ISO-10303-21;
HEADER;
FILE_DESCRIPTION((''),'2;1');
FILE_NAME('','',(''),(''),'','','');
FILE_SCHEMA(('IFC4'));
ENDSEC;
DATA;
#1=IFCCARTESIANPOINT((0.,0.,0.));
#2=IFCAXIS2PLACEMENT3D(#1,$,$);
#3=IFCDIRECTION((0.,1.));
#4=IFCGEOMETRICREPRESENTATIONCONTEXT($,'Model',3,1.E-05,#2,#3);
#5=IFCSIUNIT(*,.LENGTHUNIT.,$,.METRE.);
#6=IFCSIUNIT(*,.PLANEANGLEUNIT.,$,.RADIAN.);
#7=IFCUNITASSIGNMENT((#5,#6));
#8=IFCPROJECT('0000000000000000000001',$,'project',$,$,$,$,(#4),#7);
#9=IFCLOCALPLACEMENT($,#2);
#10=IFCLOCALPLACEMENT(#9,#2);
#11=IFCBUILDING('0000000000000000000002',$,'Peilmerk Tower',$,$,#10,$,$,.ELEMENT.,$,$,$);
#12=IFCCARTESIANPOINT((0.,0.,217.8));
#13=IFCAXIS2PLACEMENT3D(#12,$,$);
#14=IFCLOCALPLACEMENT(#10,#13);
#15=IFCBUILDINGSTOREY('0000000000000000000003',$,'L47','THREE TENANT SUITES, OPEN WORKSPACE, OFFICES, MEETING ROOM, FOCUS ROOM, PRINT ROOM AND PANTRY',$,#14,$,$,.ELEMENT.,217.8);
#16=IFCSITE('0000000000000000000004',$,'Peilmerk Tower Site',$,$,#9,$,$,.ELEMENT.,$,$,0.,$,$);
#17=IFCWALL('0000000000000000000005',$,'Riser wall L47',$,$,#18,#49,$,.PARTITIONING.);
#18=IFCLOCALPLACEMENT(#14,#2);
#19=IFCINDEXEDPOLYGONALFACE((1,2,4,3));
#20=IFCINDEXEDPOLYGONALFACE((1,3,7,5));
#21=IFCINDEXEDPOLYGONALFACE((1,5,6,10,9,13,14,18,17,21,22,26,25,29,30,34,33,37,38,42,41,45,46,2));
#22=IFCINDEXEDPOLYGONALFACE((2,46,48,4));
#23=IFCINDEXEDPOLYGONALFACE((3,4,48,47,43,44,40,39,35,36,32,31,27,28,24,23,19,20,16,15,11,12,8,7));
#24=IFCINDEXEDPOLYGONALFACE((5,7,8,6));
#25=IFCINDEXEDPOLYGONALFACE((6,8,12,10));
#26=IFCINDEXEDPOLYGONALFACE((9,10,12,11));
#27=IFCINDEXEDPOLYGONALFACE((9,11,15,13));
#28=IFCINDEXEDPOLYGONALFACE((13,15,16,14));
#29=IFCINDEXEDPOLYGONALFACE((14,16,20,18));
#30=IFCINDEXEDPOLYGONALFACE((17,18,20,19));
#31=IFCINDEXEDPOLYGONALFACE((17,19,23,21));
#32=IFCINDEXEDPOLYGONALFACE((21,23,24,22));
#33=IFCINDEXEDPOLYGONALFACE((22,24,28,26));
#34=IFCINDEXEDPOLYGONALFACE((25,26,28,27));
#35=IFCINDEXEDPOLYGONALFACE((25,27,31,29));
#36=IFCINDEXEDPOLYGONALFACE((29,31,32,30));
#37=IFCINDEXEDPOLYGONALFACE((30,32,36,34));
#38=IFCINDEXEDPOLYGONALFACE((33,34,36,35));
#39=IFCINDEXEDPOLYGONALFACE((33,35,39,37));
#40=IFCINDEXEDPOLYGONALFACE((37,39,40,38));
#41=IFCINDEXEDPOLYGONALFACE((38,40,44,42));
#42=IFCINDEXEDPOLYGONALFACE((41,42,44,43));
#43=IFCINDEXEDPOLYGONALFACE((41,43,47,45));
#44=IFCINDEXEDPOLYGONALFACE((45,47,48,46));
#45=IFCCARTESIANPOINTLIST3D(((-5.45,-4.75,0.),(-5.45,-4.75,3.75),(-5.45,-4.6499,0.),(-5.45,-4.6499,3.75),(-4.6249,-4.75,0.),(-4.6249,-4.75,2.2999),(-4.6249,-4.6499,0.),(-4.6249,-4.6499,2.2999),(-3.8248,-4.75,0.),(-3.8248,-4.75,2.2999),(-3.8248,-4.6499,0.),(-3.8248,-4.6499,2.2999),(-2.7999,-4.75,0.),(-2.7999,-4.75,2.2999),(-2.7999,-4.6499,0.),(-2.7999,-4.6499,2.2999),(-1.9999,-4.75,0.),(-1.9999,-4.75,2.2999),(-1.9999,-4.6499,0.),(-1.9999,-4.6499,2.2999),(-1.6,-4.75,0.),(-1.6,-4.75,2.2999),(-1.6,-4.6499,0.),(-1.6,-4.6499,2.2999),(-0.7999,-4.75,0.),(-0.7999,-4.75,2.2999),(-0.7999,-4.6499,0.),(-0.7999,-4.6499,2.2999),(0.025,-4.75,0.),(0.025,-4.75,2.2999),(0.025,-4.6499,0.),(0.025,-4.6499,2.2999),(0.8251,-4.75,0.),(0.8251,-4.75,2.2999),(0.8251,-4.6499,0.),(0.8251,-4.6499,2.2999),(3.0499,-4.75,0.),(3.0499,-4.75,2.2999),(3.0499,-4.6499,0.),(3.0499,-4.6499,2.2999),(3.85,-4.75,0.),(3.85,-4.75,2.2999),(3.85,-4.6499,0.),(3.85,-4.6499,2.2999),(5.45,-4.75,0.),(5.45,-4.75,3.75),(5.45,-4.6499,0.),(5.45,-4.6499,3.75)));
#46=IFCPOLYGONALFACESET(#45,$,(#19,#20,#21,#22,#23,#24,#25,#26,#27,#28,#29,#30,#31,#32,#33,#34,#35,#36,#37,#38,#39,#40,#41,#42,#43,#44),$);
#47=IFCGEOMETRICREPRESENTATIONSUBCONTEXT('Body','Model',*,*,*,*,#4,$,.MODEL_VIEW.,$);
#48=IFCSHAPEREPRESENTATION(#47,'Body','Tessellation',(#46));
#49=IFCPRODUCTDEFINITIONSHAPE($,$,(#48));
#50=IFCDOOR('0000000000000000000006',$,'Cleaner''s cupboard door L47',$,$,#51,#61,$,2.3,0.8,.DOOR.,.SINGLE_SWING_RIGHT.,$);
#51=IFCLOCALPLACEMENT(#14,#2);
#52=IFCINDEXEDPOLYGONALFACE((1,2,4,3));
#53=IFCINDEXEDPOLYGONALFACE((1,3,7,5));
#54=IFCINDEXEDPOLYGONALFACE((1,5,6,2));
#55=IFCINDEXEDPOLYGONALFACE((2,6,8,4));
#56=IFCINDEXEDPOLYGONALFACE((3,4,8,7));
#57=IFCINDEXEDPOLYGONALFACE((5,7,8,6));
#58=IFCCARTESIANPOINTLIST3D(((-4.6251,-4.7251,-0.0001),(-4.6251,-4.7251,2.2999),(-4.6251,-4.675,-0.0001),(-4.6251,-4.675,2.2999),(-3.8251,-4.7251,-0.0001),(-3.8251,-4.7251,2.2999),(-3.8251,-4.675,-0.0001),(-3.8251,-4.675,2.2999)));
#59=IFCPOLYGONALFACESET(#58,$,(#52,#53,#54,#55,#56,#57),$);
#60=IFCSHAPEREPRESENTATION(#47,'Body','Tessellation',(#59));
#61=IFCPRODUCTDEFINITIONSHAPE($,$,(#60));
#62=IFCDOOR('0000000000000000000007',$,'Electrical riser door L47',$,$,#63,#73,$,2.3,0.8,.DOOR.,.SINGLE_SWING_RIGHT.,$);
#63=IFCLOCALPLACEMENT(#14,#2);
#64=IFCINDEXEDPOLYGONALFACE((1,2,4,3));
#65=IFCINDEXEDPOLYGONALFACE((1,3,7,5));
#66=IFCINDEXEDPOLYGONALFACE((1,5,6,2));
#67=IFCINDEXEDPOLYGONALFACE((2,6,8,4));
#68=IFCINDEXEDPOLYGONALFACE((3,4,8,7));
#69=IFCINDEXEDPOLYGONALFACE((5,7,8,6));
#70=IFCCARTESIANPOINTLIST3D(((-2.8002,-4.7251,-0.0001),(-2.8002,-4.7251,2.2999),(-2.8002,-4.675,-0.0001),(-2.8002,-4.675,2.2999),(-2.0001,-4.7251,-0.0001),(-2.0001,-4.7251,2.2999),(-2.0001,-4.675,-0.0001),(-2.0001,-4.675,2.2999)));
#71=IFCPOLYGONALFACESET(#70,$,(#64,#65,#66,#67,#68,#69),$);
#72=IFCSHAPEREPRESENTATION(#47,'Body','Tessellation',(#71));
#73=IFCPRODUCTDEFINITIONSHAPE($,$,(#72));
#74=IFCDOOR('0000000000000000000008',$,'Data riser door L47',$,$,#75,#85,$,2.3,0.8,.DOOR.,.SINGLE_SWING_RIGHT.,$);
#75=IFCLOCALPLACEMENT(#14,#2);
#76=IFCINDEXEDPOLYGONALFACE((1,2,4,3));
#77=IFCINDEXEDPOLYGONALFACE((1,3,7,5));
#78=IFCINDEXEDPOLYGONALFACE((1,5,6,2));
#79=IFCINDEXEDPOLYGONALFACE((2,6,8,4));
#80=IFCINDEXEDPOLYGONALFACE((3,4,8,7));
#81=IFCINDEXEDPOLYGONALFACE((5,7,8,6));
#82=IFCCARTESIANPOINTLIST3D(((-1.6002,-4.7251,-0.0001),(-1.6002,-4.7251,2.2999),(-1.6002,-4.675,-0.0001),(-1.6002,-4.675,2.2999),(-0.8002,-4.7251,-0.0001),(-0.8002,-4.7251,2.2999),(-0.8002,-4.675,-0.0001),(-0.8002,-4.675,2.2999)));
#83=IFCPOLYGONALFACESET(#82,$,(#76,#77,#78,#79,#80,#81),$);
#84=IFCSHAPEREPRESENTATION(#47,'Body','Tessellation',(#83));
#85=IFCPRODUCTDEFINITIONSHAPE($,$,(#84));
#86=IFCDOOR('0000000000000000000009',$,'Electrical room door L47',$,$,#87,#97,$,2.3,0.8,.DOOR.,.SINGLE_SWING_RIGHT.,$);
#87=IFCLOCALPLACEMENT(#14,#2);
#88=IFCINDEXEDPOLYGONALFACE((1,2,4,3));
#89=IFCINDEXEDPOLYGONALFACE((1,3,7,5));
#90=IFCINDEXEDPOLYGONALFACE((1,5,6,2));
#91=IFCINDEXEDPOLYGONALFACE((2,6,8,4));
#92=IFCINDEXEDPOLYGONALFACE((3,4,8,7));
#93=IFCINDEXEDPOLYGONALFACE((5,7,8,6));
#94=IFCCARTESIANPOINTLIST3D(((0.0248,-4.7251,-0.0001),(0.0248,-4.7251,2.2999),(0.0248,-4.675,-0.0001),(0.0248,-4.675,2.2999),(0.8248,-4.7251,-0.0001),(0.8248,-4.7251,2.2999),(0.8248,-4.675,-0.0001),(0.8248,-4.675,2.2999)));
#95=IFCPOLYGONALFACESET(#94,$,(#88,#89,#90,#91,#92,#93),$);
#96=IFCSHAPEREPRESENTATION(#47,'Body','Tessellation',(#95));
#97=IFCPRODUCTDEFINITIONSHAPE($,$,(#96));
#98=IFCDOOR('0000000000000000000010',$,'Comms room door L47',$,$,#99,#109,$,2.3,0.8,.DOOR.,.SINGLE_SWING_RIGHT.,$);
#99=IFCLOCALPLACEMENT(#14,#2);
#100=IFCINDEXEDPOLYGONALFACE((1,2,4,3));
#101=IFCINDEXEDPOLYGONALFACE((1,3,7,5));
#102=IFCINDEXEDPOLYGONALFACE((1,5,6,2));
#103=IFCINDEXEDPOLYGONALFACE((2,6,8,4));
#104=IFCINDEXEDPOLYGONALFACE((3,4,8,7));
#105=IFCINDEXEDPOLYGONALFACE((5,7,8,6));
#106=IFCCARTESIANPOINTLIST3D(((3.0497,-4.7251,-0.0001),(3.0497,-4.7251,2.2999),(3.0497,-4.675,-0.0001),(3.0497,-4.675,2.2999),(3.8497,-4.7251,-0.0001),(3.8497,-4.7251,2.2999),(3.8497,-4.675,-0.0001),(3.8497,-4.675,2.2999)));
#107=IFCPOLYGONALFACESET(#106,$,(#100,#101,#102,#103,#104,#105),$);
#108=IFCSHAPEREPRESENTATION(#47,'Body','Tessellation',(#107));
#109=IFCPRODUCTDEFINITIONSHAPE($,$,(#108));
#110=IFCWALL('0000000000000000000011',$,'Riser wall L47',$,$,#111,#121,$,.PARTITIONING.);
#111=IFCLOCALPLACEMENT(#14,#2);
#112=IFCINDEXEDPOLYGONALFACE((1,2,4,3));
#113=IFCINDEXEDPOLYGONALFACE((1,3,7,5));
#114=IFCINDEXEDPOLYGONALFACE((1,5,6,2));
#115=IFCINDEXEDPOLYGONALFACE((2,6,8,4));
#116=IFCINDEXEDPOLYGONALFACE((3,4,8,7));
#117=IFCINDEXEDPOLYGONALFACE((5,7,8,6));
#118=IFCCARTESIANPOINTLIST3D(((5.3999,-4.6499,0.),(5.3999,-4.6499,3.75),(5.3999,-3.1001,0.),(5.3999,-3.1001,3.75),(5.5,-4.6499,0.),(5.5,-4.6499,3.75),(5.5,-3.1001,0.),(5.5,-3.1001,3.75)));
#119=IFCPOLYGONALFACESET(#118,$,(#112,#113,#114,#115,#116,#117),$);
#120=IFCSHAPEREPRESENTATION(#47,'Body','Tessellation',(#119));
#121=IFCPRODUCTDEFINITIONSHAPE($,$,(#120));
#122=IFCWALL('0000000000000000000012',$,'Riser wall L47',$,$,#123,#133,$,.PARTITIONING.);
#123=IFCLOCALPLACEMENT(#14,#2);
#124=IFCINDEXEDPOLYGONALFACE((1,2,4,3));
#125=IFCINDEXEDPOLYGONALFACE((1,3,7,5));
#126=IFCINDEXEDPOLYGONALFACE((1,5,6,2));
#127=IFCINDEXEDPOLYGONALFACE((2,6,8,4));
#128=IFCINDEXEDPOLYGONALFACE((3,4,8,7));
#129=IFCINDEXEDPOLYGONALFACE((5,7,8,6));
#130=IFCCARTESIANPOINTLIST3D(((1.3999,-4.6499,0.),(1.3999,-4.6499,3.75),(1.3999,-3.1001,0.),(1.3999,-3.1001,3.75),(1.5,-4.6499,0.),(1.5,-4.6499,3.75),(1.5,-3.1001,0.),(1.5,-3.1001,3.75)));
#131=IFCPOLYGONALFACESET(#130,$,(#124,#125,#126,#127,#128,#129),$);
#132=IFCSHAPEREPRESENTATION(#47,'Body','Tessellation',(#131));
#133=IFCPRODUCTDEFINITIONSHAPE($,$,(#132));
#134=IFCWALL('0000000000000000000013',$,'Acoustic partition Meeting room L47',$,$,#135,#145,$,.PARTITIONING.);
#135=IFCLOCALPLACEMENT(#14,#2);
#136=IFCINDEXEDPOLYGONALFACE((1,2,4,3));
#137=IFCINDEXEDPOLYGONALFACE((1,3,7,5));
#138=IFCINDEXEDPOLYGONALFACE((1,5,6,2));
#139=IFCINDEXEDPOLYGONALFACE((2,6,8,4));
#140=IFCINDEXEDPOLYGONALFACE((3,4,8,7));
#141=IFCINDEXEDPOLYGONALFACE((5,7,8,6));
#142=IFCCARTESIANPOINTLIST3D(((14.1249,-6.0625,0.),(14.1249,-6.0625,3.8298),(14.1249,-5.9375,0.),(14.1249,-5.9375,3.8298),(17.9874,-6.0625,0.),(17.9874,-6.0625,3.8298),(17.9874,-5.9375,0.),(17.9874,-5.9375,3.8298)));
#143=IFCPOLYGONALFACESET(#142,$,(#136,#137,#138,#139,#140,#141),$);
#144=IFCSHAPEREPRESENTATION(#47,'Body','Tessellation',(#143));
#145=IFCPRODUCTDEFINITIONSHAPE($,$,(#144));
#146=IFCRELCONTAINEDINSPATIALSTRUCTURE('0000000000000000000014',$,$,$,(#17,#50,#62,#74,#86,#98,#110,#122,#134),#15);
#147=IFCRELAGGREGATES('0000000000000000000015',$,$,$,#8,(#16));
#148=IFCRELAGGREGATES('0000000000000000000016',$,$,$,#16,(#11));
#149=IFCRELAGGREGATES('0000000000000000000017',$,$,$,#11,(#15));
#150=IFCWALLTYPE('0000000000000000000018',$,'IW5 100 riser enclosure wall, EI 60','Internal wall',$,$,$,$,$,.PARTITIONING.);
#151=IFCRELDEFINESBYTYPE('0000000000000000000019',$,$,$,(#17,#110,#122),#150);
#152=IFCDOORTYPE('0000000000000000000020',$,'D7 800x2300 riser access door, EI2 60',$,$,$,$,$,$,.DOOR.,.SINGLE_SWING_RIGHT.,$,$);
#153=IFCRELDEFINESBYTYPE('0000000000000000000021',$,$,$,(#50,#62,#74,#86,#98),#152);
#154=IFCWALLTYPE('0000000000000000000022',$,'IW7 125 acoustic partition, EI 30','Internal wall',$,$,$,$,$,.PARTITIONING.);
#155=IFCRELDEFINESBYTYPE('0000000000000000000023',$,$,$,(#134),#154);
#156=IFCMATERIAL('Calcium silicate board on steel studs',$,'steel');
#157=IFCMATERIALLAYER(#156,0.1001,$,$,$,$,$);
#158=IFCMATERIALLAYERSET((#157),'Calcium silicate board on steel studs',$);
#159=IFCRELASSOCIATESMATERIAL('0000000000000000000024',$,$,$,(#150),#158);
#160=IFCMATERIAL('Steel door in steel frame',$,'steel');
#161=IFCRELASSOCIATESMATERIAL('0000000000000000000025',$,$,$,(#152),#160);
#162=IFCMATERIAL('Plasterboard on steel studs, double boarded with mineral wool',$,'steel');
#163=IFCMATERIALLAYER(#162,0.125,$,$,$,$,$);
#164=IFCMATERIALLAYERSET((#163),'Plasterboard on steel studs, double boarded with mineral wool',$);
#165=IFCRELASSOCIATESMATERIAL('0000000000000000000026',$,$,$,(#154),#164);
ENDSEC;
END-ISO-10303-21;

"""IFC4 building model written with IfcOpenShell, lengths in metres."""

from ifc_helpers import new_model, si_unit, direction, frame, frame_2d, origin, place, context, subcontext, project, spatial, rectangle, extrude, material, layer, layer_set, type_object, element, fill, save


model = new_model("IFC4")

# Units and contexts
model_context = context("Model", 3, precision=1e-05, world=origin(), true_north=direction((0.0, 1.0)))
body_context = subcontext(model_context, "Body", "Model", "MODEL_VIEW")
ifc_project = project(units=[si_unit("LENGTHUNIT", "METRE"), si_unit("PLANEANGLEUNIT", "RADIAN")], contexts=[model_context])

# Site, building, storey
site_placement = place(None, origin())
site = spatial("IfcSite", under=ifc_project, at=site_placement, Name="Peilmerk Tower Site", CompositionType="ELEMENT", RefElevation=0.0)
building_placement = place(site_placement, origin())
building = spatial("IfcBuilding", under=site, at=building_placement, Name="Peilmerk Tower", CompositionType="ELEMENT")
storey_placement = place(building_placement, frame((0.0, 0.0, 217.8)))
storey = spatial("IfcBuildingStorey", under=building, at=storey_placement, Name="L47", Description="THREE TENANT SUITES, OPEN WORKSPACE, OFFICES, MEETING ROOM, FOCUS ROOM, PRINT ROOM AND PANTRY", CompositionType="ELEMENT", Elevation=217.8)

# Shared definitions
ifc_material_1 = material(Name="Steel door in steel frame", Category="steel")

# Shared definitions
ifc_material_2 = material(Name="Calcium silicate board on steel studs", Category="steel")
ifc_layer_1 = layer(ifc_material_2, 0.1001)
ifc_layer_set_1 = layer_set([ifc_layer_1], Name="Calcium silicate board on steel studs")
wall_type_1 = type_object("IfcWallType", Name="IW5 100 riser enclosure wall, EI 60", Description="Internal wall", PredefinedType="PARTITIONING", material=ifc_layer_set_1)

# Wall, openings, doors
wall_1_placement = place(storey_placement, frame((5.45, -4.7, 0.0), z_axis=(0.0, 0.0, 1.0), x_axis=(-1.0, 0.0, 0.0)))
wall_1 = element("IfcWall", 1, at=wall_1_placement, inside=storey, type_object=wall_type_1, Name="Riser wall L47", PredefinedType="PARTITIONING", context=body_context, shape_type="SweptSolid", body=[
    extrude(rectangle(XDim=10.8999, YDim=0.1001, at=frame_2d((5.45, 0.0))), origin(), (0.0, 0.0, 1.0), 3.75),
])
opening_1_placement = place(wall_1_placement, frame((9.2749, 0.0, 0.0)))
opening_1 = element("IfcOpeningElement", 2, at=opening_1_placement, cuts=wall_1, PredefinedType="OPENING", context=body_context, shape_type="SweptSolid", body=[
    extrude(rectangle(XDim=0.8, YDim=2.3, at=frame_2d((0.3999, 1.1499))), frame((0.0, 0.0601, 0.0), z_axis=(0.0, -1.0, 0.0), x_axis=(1.0, 0.0, 0.0)), (0.0, 0.0, 1.0), 0.1201),
])
opening_2_placement = place(wall_1_placement, frame((7.45, 0.0, 0.0)))
opening_2 = element("IfcOpeningElement", 3, at=opening_2_placement, cuts=wall_1, PredefinedType="OPENING", context=body_context, shape_type="SweptSolid", body=[
    extrude(rectangle(XDim=0.8, YDim=2.3, at=frame_2d((0.3999, 1.1499))), frame((0.0, 0.0601, 0.0), z_axis=(0.0, -1.0, 0.0), x_axis=(1.0, 0.0, 0.0)), (0.0, 0.0, 1.0), 0.1201),
])
opening_3_placement = place(wall_1_placement, frame((6.25, 0.0, 0.0)))
opening_3 = element("IfcOpeningElement", 4, at=opening_3_placement, cuts=wall_1, PredefinedType="OPENING", context=body_context, shape_type="SweptSolid", body=[
    extrude(rectangle(XDim=0.8, YDim=2.3, at=frame_2d((0.3999, 1.1499))), frame((0.0, 0.0601, 0.0), z_axis=(0.0, -1.0, 0.0), x_axis=(1.0, 0.0, 0.0)), (0.0, 0.0, 1.0), 0.1201),
])
opening_4_placement = place(wall_1_placement, frame((4.625, 0.0, 0.0)))
opening_4 = element("IfcOpeningElement", 5, at=opening_4_placement, cuts=wall_1, PredefinedType="OPENING", context=body_context, shape_type="SweptSolid", body=[
    extrude(rectangle(XDim=0.8, YDim=2.3, at=frame_2d((0.3999, 1.1499))), frame((0.0, 0.0601, 0.0), z_axis=(0.0, -1.0, 0.0), x_axis=(1.0, 0.0, 0.0)), (0.0, 0.0, 1.0), 0.1201),
])
opening_5_placement = place(wall_1_placement, frame((1.6001, 0.0, 0.0)))
opening_5 = element("IfcOpeningElement", 6, at=opening_5_placement, cuts=wall_1, PredefinedType="OPENING", context=body_context, shape_type="SweptSolid", body=[
    extrude(rectangle(XDim=0.8, YDim=2.3, at=frame_2d((0.3999, 1.1499))), frame((0.0, 0.0601, 0.0), z_axis=(0.0, -1.0, 0.0), x_axis=(1.0, 0.0, 0.0)), (0.0, 0.0, 1.0), 0.1201),
])
door_type_1 = type_object("IfcDoorType", Name="D7 800x2300 riser access door, EI2 60", OperationType="SINGLE_SWING_RIGHT", PredefinedType="DOOR", material=ifc_material_1)
door_1_placement = place(opening_1_placement, frame((0.8, 0.0, 0.0), z_axis=(0.0, 0.0, 1.0), x_axis=(-1.0, 0.0, 0.0)))
door_1 = element("IfcDoor", 7, at=door_1_placement, inside=storey, type_object=door_type_1, Name="Cleaner's cupboard door L47", OperationType="SINGLE_SWING_RIGHT", OverallHeight=2.3, OverallWidth=0.8, PredefinedType="DOOR", context=body_context, shape_type="SweptSolid", body=[
    extrude(rectangle(XDim=0.8, YDim=2.3, at=frame_2d((0.3999, 1.1499))), frame((0.0, 0.0249, 0.0), z_axis=(0.0, -1.0, 0.0), x_axis=(1.0, 0.0, 0.0)), (0.0, 0.0, 1.0), 0.05),
])
fill(opening_1, door_1)
door_2_placement = place(opening_2_placement, frame((0.8, 0.0, 0.0), z_axis=(0.0, 0.0, 1.0), x_axis=(-1.0, 0.0, 0.0)))
door_2 = element("IfcDoor", 8, at=door_2_placement, inside=storey, type_object=door_type_1, Name="Electrical riser door L47", OperationType="SINGLE_SWING_RIGHT", OverallHeight=2.3, OverallWidth=0.8, PredefinedType="DOOR", context=body_context, shape_type="SweptSolid", body=[
    extrude(rectangle(XDim=0.8, YDim=2.3, at=frame_2d((0.3999, 1.1499))), frame((0.0, 0.0249, 0.0), z_axis=(0.0, -1.0, 0.0), x_axis=(1.0, 0.0, 0.0)), (0.0, 0.0, 1.0), 0.05),
])
fill(opening_2, door_2)
door_3_placement = place(opening_3_placement, frame((0.8, 0.0, 0.0), z_axis=(0.0, 0.0, 1.0), x_axis=(-1.0, 0.0, 0.0)))
door_3 = element("IfcDoor", 9, at=door_3_placement, inside=storey, type_object=door_type_1, Name="Data riser door L47", OperationType="SINGLE_SWING_RIGHT", OverallHeight=2.3, OverallWidth=0.8, PredefinedType="DOOR", context=body_context, shape_type="SweptSolid", body=[
    extrude(rectangle(XDim=0.8, YDim=2.3, at=frame_2d((0.3999, 1.1499))), frame((0.0, 0.0249, 0.0), z_axis=(0.0, -1.0, 0.0), x_axis=(1.0, 0.0, 0.0)), (0.0, 0.0, 1.0), 0.05),
])
fill(opening_3, door_3)
door_4_placement = place(opening_4_placement, frame((0.8, 0.0, 0.0), z_axis=(0.0, 0.0, 1.0), x_axis=(-1.0, 0.0, 0.0)))
door_4 = element("IfcDoor", 10, at=door_4_placement, inside=storey, type_object=door_type_1, Name="Electrical room door L47", OperationType="SINGLE_SWING_RIGHT", OverallHeight=2.3, OverallWidth=0.8, PredefinedType="DOOR", context=body_context, shape_type="SweptSolid", body=[
    extrude(rectangle(XDim=0.8, YDim=2.3, at=frame_2d((0.3999, 1.1499))), frame((0.0, 0.0249, 0.0), z_axis=(0.0, -1.0, 0.0), x_axis=(1.0, 0.0, 0.0)), (0.0, 0.0, 1.0), 0.05),
])
fill(opening_4, door_4)
door_5_placement = place(opening_5_placement, frame((0.8, 0.0, 0.0), z_axis=(0.0, 0.0, 1.0), x_axis=(-1.0, 0.0, 0.0)))
door_5 = element("IfcDoor", 11, at=door_5_placement, inside=storey, type_object=door_type_1, Name="Comms room door L47", OperationType="SINGLE_SWING_RIGHT", OverallHeight=2.3, OverallWidth=0.8, PredefinedType="DOOR", context=body_context, shape_type="SweptSolid", body=[
    extrude(rectangle(XDim=0.8, YDim=2.3, at=frame_2d((0.3999, 1.1499))), frame((0.0, 0.0249, 0.0), z_axis=(0.0, -1.0, 0.0), x_axis=(1.0, 0.0, 0.0)), (0.0, 0.0, 1.0), 0.05),
])
fill(opening_5, door_5)

# Walls
for number, where, z_axis, x_axis, name in (
    (12, (5.45, -3.1001, 0.0), (0.0, 0.0, 1.0), (0.0, -1.0, 0.0), "Riser wall L47"),
    (13, (1.45, -3.1001, 0.0), (0.0, 0.0, 1.0), (0.0, -1.0, 0.0), "Riser wall L47"),
):
    element("IfcWall", number, at=place(storey_placement, frame(where, z_axis=z_axis, x_axis=x_axis)), inside=storey, type_object=wall_type_1, Name=name, PredefinedType="PARTITIONING", context=body_context, shape_type="SweptSolid", body=[
        extrude(rectangle(XDim=1.5498, YDim=0.1001, at=frame_2d((0.7749, 0.0))), origin(), (0.0, 0.0, 1.0), 3.75),
    ])
ifc_material_3 = material(Name="Plasterboard on steel studs, double boarded with mineral wool", Category="steel")
ifc_layer_2 = layer(ifc_material_3, 0.125)
ifc_layer_set_2 = layer_set([ifc_layer_2], Name="Plasterboard on steel studs, double boarded with mineral wool")
wall_type_2 = type_object("IfcWallType", Name="IW7 125 acoustic partition, EI 30", Description="Internal wall", PredefinedType="PARTITIONING", material=ifc_layer_set_2)
wall_2_placement = place(storey_placement, frame((14.125, -6.0, 0.0), z_axis=(0.0, 0.0, 1.0), x_axis=(1.0, 0.0, 0.0)))
element("IfcWall", 14, at=wall_2_placement, inside=storey, type_object=wall_type_2, Name="Acoustic partition Meeting room L47", PredefinedType="PARTITIONING", context=body_context, shape_type="SweptSolid", body=[
    extrude(rectangle(XDim=3.8625, YDim=0.125, at=frame_2d((1.9312, 0.0))), origin(), (0.0, 0.0, 1.0), 3.8298),
])

save(model, "model.ifc")
